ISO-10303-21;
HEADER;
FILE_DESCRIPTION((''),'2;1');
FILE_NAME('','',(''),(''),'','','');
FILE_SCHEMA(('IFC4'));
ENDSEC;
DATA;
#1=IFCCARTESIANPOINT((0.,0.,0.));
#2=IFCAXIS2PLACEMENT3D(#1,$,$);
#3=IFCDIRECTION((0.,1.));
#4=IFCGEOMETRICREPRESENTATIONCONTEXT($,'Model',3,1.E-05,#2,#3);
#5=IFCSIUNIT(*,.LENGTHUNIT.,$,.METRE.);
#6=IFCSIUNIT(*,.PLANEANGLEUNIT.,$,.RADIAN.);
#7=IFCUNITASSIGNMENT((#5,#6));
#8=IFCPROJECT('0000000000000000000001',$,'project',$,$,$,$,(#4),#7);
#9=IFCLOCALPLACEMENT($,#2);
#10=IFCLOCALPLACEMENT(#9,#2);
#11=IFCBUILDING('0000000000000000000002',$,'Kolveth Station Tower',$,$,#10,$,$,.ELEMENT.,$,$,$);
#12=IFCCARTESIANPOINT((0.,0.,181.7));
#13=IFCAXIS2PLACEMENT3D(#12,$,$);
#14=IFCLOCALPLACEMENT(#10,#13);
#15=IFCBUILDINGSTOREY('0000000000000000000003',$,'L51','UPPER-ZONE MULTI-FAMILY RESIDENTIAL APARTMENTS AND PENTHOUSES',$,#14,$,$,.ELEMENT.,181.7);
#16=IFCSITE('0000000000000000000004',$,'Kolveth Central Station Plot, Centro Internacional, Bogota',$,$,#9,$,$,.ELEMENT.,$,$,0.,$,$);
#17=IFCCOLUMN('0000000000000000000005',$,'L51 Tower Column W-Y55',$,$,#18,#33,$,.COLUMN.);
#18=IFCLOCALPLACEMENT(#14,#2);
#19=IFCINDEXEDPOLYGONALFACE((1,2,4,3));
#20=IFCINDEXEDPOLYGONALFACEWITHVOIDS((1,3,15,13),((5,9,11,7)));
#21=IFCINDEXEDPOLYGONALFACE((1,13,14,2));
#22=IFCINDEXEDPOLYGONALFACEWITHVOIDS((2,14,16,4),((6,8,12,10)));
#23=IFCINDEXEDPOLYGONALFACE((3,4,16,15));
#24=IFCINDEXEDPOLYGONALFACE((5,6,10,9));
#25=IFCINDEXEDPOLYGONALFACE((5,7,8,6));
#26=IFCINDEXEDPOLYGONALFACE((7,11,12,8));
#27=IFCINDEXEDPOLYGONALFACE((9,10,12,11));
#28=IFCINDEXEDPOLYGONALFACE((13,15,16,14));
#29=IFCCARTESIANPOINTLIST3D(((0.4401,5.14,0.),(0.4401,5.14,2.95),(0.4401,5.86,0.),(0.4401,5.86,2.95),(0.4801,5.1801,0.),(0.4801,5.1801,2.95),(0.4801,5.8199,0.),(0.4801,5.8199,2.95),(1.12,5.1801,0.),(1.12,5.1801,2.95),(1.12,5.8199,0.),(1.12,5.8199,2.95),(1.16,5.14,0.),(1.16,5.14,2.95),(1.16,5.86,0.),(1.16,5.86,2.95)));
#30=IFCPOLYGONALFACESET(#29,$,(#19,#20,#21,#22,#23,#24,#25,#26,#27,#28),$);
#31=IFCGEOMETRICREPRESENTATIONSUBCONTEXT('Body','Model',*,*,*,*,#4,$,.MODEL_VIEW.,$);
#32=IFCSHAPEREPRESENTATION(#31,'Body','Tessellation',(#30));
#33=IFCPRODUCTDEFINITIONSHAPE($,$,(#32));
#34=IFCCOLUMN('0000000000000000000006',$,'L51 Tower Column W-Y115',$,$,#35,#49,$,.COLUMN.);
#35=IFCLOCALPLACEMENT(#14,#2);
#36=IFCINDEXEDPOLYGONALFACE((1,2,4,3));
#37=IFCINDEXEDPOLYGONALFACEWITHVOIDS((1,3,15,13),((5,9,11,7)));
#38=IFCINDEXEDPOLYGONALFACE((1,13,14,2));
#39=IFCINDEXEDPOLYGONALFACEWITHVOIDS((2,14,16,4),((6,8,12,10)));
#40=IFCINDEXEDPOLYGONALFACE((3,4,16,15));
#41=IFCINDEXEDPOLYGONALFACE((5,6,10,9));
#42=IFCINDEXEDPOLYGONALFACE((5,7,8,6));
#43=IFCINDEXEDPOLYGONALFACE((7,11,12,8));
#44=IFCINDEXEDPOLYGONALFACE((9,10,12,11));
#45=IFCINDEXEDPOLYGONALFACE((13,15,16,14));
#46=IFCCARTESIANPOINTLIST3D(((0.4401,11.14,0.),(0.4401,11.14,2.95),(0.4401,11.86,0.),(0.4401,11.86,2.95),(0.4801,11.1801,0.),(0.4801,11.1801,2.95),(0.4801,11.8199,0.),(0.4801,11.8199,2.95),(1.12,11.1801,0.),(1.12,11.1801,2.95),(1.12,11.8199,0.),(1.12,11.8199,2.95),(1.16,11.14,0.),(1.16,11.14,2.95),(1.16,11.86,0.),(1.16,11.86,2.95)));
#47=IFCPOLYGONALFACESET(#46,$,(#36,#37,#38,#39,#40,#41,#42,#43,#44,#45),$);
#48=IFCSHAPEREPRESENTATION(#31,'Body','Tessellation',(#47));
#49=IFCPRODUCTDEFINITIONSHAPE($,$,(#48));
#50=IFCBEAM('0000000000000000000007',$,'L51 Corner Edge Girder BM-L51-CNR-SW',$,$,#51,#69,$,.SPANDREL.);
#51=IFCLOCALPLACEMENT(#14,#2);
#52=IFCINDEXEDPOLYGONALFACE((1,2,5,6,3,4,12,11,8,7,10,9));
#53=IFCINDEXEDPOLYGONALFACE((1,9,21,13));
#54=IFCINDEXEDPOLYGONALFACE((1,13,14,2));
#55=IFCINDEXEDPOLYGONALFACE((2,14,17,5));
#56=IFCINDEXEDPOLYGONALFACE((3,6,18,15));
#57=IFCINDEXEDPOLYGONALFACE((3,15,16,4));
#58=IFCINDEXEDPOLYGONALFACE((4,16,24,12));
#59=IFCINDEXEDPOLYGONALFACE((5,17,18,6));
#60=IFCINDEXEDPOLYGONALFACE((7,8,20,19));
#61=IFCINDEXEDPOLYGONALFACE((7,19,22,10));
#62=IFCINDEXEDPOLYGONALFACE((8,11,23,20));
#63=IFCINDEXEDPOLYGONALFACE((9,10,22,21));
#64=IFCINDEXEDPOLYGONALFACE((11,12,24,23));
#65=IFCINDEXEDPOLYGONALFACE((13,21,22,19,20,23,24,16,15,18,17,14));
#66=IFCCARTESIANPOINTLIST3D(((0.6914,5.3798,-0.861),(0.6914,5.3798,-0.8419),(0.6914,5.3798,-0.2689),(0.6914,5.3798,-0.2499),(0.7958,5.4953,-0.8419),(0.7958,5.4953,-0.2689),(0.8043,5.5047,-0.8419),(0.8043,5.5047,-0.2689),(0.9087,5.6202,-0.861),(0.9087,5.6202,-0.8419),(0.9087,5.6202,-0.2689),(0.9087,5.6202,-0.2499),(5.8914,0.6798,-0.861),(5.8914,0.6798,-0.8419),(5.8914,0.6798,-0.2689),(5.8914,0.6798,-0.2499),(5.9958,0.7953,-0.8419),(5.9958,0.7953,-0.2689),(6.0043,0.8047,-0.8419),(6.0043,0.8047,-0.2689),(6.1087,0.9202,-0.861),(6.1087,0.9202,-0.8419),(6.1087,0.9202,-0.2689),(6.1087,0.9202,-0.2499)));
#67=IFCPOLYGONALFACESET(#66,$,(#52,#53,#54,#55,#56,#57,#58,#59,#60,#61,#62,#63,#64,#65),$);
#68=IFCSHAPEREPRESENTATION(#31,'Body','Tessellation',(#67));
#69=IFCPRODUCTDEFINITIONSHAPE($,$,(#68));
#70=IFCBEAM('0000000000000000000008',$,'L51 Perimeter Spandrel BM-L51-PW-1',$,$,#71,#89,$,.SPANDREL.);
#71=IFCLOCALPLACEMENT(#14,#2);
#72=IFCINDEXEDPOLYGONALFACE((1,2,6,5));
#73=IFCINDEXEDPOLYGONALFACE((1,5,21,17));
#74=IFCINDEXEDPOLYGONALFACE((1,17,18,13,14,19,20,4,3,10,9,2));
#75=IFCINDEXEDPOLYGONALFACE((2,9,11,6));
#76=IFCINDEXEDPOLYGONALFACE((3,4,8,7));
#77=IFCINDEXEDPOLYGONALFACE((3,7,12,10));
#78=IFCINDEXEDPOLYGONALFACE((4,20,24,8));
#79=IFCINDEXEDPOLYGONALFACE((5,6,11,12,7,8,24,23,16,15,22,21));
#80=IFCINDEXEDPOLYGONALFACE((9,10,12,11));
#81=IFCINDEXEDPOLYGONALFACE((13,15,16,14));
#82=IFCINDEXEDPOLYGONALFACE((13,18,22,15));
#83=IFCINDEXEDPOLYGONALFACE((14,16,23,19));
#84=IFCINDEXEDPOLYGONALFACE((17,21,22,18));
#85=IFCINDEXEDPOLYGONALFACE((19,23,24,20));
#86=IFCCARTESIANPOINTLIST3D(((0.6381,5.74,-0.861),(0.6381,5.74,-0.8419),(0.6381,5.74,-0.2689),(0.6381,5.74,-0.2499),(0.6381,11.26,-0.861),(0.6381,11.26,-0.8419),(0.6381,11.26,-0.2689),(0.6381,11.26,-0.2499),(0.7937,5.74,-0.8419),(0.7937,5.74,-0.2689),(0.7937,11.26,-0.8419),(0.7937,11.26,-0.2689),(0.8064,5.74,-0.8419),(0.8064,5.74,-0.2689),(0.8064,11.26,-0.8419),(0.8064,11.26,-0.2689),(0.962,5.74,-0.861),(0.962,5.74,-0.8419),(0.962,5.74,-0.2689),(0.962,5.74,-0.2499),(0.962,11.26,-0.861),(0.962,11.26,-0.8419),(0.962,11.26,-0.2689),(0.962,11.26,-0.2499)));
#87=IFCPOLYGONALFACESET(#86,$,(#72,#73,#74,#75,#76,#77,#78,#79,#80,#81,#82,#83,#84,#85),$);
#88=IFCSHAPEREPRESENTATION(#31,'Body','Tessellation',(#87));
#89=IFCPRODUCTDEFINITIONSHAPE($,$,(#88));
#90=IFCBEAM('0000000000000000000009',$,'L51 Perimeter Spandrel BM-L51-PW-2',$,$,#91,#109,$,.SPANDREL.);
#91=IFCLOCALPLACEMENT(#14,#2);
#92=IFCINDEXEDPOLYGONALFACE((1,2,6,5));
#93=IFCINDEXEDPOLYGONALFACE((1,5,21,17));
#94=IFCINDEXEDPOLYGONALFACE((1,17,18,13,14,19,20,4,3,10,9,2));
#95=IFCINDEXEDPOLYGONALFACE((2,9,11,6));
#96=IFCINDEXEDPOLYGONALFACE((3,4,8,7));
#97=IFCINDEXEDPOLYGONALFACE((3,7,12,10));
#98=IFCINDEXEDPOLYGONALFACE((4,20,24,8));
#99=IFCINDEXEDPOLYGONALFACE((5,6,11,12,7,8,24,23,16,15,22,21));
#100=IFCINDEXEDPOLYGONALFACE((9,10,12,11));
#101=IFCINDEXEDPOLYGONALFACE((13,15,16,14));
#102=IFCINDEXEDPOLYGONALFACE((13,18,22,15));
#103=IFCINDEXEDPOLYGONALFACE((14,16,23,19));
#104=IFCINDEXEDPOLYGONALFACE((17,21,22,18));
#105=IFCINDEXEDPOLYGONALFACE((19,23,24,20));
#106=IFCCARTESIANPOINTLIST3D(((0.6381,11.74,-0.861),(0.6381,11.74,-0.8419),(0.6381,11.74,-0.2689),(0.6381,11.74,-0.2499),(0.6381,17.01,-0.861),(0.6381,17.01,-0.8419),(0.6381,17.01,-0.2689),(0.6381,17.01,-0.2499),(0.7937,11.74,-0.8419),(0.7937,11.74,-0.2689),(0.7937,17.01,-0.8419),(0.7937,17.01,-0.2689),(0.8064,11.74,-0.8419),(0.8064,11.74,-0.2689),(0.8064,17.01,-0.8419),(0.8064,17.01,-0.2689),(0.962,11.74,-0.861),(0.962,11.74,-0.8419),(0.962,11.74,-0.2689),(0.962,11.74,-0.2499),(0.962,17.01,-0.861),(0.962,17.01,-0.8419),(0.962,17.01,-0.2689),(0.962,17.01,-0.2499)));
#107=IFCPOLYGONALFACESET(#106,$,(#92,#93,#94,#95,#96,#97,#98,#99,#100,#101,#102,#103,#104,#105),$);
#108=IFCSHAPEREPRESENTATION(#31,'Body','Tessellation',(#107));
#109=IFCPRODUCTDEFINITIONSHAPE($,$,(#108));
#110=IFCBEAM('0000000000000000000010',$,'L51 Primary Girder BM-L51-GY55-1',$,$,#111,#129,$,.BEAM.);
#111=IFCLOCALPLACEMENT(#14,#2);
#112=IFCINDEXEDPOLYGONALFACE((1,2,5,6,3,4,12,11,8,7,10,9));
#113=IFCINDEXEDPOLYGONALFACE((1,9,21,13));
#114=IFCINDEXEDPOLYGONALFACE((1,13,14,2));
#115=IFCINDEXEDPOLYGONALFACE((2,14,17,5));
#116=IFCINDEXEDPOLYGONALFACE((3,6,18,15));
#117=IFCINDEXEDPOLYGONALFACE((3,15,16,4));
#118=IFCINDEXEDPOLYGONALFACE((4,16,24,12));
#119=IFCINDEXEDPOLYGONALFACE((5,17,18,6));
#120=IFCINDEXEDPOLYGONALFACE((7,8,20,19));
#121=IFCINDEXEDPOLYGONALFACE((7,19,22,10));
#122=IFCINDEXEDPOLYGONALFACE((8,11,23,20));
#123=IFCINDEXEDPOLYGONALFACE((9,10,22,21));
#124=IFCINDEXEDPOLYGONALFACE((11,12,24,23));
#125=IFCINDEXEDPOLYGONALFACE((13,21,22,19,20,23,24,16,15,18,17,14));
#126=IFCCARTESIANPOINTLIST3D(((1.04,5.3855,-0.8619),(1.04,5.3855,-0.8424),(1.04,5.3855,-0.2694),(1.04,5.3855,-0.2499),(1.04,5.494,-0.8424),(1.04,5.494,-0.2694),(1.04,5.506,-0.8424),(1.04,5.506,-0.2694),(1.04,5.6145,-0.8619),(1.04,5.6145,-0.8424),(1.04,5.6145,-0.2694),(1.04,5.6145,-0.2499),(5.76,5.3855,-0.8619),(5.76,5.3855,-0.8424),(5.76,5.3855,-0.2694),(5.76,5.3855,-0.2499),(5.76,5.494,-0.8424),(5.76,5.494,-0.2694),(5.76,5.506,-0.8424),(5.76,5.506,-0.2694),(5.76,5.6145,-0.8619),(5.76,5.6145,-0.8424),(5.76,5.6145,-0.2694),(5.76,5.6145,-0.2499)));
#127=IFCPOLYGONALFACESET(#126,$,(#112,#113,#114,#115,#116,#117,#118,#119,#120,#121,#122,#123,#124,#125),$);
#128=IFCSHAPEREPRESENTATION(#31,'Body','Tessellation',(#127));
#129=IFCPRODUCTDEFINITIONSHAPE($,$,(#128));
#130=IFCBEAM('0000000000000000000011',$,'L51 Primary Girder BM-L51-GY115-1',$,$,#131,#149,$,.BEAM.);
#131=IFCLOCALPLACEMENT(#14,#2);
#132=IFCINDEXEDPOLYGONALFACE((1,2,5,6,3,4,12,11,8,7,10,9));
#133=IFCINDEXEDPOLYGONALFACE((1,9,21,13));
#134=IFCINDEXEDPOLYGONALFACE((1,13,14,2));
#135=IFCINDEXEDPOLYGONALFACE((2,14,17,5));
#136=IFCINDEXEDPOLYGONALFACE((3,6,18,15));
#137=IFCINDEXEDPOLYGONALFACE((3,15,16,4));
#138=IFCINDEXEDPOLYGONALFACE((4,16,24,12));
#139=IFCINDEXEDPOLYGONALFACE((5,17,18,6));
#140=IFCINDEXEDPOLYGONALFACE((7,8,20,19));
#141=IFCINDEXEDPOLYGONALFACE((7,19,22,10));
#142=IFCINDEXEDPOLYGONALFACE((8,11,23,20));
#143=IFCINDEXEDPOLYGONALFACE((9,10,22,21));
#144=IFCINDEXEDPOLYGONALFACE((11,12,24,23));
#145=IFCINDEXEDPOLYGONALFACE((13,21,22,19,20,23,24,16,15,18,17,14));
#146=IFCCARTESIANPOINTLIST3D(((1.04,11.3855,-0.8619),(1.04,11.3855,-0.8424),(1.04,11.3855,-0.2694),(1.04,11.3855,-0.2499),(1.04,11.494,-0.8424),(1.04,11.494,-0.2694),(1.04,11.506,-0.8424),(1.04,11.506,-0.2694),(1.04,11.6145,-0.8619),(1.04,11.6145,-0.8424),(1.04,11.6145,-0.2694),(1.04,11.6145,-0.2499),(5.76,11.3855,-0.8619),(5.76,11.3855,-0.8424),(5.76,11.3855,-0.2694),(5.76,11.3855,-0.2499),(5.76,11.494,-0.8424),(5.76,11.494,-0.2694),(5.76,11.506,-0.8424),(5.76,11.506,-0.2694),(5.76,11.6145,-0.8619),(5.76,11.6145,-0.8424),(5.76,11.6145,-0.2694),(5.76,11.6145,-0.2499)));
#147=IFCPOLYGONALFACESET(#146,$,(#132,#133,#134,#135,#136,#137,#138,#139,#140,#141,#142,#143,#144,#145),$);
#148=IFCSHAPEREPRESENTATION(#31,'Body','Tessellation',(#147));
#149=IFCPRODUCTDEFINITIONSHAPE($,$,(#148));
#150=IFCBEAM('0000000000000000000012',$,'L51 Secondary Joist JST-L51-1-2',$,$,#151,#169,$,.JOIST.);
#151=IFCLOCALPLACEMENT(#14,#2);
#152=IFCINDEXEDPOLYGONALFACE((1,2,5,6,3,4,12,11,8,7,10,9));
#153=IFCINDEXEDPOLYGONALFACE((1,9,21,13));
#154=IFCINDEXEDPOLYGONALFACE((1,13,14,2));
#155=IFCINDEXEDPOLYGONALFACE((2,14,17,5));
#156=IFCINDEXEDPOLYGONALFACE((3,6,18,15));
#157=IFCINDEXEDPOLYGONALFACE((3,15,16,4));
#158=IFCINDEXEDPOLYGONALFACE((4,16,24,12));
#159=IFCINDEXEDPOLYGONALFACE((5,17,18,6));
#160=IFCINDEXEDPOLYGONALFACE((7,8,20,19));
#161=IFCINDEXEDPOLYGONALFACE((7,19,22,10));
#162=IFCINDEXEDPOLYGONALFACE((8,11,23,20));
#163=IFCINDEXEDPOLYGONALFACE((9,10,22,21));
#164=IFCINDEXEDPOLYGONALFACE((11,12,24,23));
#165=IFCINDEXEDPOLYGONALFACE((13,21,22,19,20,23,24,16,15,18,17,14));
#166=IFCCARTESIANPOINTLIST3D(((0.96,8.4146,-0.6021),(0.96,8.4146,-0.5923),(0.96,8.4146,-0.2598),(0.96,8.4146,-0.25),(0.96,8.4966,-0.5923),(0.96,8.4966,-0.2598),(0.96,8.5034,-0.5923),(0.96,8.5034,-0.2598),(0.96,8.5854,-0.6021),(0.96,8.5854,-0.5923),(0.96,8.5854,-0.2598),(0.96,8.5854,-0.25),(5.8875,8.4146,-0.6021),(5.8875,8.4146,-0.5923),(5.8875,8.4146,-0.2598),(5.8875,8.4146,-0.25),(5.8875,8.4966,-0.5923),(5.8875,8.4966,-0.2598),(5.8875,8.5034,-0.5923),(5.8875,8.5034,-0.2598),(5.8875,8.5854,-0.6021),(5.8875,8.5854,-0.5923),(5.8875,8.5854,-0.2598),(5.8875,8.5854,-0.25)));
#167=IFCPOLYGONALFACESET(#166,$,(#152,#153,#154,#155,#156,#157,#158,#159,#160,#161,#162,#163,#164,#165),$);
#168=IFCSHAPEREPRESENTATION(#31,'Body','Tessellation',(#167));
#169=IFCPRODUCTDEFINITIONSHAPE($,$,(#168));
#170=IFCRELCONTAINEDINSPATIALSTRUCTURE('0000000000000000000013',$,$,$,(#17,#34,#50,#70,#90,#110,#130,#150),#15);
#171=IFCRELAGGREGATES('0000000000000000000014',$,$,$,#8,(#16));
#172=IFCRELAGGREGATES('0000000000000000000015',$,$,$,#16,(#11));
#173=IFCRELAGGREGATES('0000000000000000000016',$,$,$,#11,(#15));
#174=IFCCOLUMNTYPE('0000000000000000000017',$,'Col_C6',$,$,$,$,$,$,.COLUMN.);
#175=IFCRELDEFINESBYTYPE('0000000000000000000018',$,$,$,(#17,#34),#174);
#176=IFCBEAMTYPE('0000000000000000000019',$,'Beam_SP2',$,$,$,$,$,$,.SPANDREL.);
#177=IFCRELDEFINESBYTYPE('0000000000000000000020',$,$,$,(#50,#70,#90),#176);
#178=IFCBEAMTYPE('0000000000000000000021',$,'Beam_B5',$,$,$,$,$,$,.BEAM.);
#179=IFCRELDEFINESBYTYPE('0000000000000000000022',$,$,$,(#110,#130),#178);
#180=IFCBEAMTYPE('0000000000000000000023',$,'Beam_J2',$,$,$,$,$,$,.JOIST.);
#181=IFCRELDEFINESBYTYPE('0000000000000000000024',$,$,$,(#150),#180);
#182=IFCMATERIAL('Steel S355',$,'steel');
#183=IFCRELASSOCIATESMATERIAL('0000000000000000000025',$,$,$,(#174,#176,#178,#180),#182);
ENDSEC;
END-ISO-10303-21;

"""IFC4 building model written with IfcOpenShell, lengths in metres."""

from ifc_helpers import new_model, si_unit, direction, frame, origin, origin_2d, place, context, subcontext, project, spatial, hollow_rectangle, i_section, extrude, source, transform, mapped, material, material_profile, profile_set, type_object, element, save


model = new_model("IFC4")

# Units and contexts
model_context = context("Model", 3, precision=1e-05, world=origin(), true_north=direction((0.0, 1.0)))
body_context = subcontext(model_context, "Body", "Model", "MODEL_VIEW")
ifc_project = project(units=[si_unit("LENGTHUNIT", "METRE"), si_unit("PLANEANGLEUNIT", "RADIAN")], contexts=[model_context])

# Site, building, storey
site_placement = place(None, origin())
site = spatial("IfcSite", under=ifc_project, at=site_placement, Name="Kolveth Central Station Plot, Centro Internacional, Bogota", CompositionType="ELEMENT", RefElevation=0.0)
building_placement = place(site_placement, origin())
building = spatial("IfcBuilding", under=site, at=building_placement, Name="Kolveth Station Tower", CompositionType="ELEMENT")
storey_placement = place(building_placement, frame((0.0, 0.0, 181.7)))
storey = spatial("IfcBuildingStorey", under=building, at=storey_placement, Name="L51", Description="UPPER-ZONE MULTI-FAMILY RESIDENTIAL APARTMENTS AND PENTHOUSES", CompositionType="ELEMENT", Elevation=181.7)

# Columns
ifc_material_1 = material(Name="Steel S355", Category="steel")
ifc_material_profile_1 = material_profile(ifc_material_1, hollow_rectangle(XDim=0.72, YDim=0.72, WallThickness=0.04, at=origin_2d()), Name="BOX720x720x40")
ifc_profile_set_1 = profile_set([ifc_material_profile_1], Name="Steel S355")
column_type = type_object("IfcColumnType", Name="Col_C6", PredefinedType="COLUMN", material=ifc_profile_set_1)
shared_shape_1 = source(origin(), body_context, "Body", "SweptSolid", [
    extrude(hollow_rectangle(XDim=0.72, YDim=0.72, WallThickness=0.04, at=origin_2d()), origin(), (0.0, 0.0, 1.0), 2.95),
])
for number, where, z_axis, x_axis, name in (
    (1, (0.8, 5.5, 0.0), (0.0, 0.0, 1.0), (1.0, 0.0, 0.0), "L51 Tower Column W-Y55"),
    (2, (0.8, 11.5, 0.0), (0.0, 0.0, 1.0), (1.0, 0.0, 0.0), "L51 Tower Column W-Y115"),
):
    element("IfcColumn", number, at=place(storey_placement, frame(where, z_axis=z_axis, x_axis=x_axis)), inside=storey, type_object=column_type, Name=name, PredefinedType="COLUMN", context=body_context, shape_type="MappedRepresentation", body=[
        mapped(shared_shape_1, transform((0.0, 0.0, 0.0), x_axis=(1.0, 0.0, 0.0), y_axis=(0.0, 1.0, 0.0), z_axis=(0.0, 0.0, 1.0), scale=1.0)),
    ])

# Beams
ifc_material_profile_2 = material_profile(ifc_material_1, i_section(OverallWidth=0.324, OverallDepth=0.6111, WebThickness=0.0127, FlangeThickness=0.019, at=origin_2d()), Name="W610x155")
ifc_profile_set_2 = profile_set([ifc_material_profile_2], Name="Steel S355")
beam_type_1 = type_object("IfcBeamType", Name="Beam_SP2", PredefinedType="SPANDREL", material=ifc_profile_set_2)
shared_shape_2 = source(origin(), body_context, "Body", "SweptSolid", [
    extrude(i_section(OverallWidth=0.324, OverallDepth=0.6111, WebThickness=0.0127, FlangeThickness=0.019, at=origin_2d()), origin(), (0.0, 0.0, 1.0), 7.0093),
])
beam_1_placement = place(storey_placement, frame((0.8, 5.5, -0.5554), z_axis=(0.741874, -0.670539, 0.0), x_axis=(0.670539, 0.741874, 0.0)))
element("IfcBeam", 3, at=beam_1_placement, inside=storey, type_object=beam_type_1, Name="L51 Corner Edge Girder BM-L51-CNR-SW", PredefinedType="SPANDREL", context=body_context, shape_type="MappedRepresentation", body=[
    mapped(shared_shape_2, transform((0.0, 0.0, 0.0), x_axis=(1.0, 0.0, 0.0), y_axis=(0.0, 1.0, 0.0), z_axis=(0.0, 0.0, 1.0), scale=1.0)),
])
shared_shape_3 = source(origin(), body_context, "Body", "SweptSolid", [
    extrude(i_section(OverallWidth=0.324, OverallDepth=0.6111, WebThickness=0.0127, FlangeThickness=0.019, at=origin_2d()), origin(), (0.0, 0.0, 1.0), 5.52),
])
beam_2_placement = place(storey_placement, frame((0.8, 5.74, -0.5554), z_axis=(0.0, 1.0, 0.0), x_axis=(-1.0, 0.0, 0.0)))
element("IfcBeam", 4, at=beam_2_placement, inside=storey, type_object=beam_type_1, Name="L51 Perimeter Spandrel BM-L51-PW-1", PredefinedType="SPANDREL", context=body_context, shape_type="MappedRepresentation", body=[
    mapped(shared_shape_3, transform((0.0, 0.0, 0.0), x_axis=(1.0, 0.0, 0.0), y_axis=(0.0, 1.0, 0.0), z_axis=(0.0, 0.0, 1.0), scale=1.0)),
])
shared_shape_4 = source(origin(), body_context, "Body", "SweptSolid", [
    extrude(i_section(OverallWidth=0.324, OverallDepth=0.6111, WebThickness=0.0127, FlangeThickness=0.019, at=origin_2d()), origin(), (0.0, 0.0, 1.0), 5.27),
])
beam_3_placement = place(storey_placement, frame((0.8, 11.74, -0.5554), z_axis=(0.0, 1.0, 0.0), x_axis=(-1.0, 0.0, 0.0)))
element("IfcBeam", 5, at=beam_3_placement, inside=storey, type_object=beam_type_1, Name="L51 Perimeter Spandrel BM-L51-PW-2", PredefinedType="SPANDREL", context=body_context, shape_type="MappedRepresentation", body=[
    mapped(shared_shape_4, transform((0.0, 0.0, 0.0), x_axis=(1.0, 0.0, 0.0), y_axis=(0.0, 1.0, 0.0), z_axis=(0.0, 0.0, 1.0), scale=1.0)),
])
ifc_material_profile_3 = material_profile(ifc_material_1, i_section(OverallWidth=0.229, OverallDepth=0.6121, WebThickness=0.012, FlangeThickness=0.0195, at=origin_2d()), Name="W610x125")
ifc_profile_set_3 = profile_set([ifc_material_profile_3], Name="Steel S355")
beam_type_2 = type_object("IfcBeamType", Name="Beam_B5", PredefinedType="BEAM", material=ifc_profile_set_3)
shared_shape_5 = source(origin(), body_context, "Body", "SweptSolid", [
    extrude(i_section(OverallWidth=0.229, OverallDepth=0.6121, WebThickness=0.012, FlangeThickness=0.0195, at=origin_2d()), origin(), (0.0, 0.0, 1.0), 4.72),
])
for number, where, z_axis, x_axis, name in (
    (6, (1.04, 5.5, -0.5559), (1.0, 0.0, 0.0), (0.0, 1.0, 0.0), "L51 Primary Girder BM-L51-GY55-1"),
    (7, (1.04, 11.5, -0.5559), (1.0, 0.0, 0.0), (0.0, 1.0, 0.0), "L51 Primary Girder BM-L51-GY115-1"),
):
    element("IfcBeam", number, at=place(storey_placement, frame(where, z_axis=z_axis, x_axis=x_axis)), inside=storey, type_object=beam_type_2, Name=name, PredefinedType="BEAM", context=body_context, shape_type="MappedRepresentation", body=[
        mapped(shared_shape_5, transform((0.0, 0.0, 0.0), x_axis=(1.0, 0.0, 0.0), y_axis=(0.0, 1.0, 0.0), z_axis=(0.0, 0.0, 1.0), scale=1.0)),
    ])
ifc_material_profile_4 = material_profile(ifc_material_1, i_section(OverallWidth=0.1709, OverallDepth=0.3521, WebThickness=0.0068, FlangeThickness=0.0098, at=origin_2d()), Name="W360x44")
ifc_profile_set_4 = profile_set([ifc_material_profile_4], Name="Steel S355")
beam_type_3 = type_object("IfcBeamType", Name="Beam_J2", PredefinedType="JOIST", material=ifc_profile_set_4)
shared_shape_6 = source(origin(), body_context, "Body", "SweptSolid", [
    extrude(i_section(OverallWidth=0.1709, OverallDepth=0.3521, WebThickness=0.0068, FlangeThickness=0.0098, at=origin_2d()), origin(), (0.0, 0.0, 1.0), 4.9275),
])
for number, where, z_axis, x_axis, name in (
    (8, (0.96, 8.5, -0.426), (1.0, 0.0, 0.0), (0.0, 1.0, 0.0), "L51 Secondary Joist JST-L51-1-2"),
):
    element("IfcBeam", number, at=place(storey_placement, frame(where, z_axis=z_axis, x_axis=x_axis)), inside=storey, type_object=beam_type_3, Name=name, PredefinedType="JOIST", context=body_context, shape_type="MappedRepresentation", body=[
        mapped(shared_shape_6, transform((0.0, 0.0, 0.0), x_axis=(1.0, 0.0, 0.0), y_axis=(0.0, 1.0, 0.0), z_axis=(0.0, 0.0, 1.0), scale=1.0)),
    ])

save(model, "model.ifc")
